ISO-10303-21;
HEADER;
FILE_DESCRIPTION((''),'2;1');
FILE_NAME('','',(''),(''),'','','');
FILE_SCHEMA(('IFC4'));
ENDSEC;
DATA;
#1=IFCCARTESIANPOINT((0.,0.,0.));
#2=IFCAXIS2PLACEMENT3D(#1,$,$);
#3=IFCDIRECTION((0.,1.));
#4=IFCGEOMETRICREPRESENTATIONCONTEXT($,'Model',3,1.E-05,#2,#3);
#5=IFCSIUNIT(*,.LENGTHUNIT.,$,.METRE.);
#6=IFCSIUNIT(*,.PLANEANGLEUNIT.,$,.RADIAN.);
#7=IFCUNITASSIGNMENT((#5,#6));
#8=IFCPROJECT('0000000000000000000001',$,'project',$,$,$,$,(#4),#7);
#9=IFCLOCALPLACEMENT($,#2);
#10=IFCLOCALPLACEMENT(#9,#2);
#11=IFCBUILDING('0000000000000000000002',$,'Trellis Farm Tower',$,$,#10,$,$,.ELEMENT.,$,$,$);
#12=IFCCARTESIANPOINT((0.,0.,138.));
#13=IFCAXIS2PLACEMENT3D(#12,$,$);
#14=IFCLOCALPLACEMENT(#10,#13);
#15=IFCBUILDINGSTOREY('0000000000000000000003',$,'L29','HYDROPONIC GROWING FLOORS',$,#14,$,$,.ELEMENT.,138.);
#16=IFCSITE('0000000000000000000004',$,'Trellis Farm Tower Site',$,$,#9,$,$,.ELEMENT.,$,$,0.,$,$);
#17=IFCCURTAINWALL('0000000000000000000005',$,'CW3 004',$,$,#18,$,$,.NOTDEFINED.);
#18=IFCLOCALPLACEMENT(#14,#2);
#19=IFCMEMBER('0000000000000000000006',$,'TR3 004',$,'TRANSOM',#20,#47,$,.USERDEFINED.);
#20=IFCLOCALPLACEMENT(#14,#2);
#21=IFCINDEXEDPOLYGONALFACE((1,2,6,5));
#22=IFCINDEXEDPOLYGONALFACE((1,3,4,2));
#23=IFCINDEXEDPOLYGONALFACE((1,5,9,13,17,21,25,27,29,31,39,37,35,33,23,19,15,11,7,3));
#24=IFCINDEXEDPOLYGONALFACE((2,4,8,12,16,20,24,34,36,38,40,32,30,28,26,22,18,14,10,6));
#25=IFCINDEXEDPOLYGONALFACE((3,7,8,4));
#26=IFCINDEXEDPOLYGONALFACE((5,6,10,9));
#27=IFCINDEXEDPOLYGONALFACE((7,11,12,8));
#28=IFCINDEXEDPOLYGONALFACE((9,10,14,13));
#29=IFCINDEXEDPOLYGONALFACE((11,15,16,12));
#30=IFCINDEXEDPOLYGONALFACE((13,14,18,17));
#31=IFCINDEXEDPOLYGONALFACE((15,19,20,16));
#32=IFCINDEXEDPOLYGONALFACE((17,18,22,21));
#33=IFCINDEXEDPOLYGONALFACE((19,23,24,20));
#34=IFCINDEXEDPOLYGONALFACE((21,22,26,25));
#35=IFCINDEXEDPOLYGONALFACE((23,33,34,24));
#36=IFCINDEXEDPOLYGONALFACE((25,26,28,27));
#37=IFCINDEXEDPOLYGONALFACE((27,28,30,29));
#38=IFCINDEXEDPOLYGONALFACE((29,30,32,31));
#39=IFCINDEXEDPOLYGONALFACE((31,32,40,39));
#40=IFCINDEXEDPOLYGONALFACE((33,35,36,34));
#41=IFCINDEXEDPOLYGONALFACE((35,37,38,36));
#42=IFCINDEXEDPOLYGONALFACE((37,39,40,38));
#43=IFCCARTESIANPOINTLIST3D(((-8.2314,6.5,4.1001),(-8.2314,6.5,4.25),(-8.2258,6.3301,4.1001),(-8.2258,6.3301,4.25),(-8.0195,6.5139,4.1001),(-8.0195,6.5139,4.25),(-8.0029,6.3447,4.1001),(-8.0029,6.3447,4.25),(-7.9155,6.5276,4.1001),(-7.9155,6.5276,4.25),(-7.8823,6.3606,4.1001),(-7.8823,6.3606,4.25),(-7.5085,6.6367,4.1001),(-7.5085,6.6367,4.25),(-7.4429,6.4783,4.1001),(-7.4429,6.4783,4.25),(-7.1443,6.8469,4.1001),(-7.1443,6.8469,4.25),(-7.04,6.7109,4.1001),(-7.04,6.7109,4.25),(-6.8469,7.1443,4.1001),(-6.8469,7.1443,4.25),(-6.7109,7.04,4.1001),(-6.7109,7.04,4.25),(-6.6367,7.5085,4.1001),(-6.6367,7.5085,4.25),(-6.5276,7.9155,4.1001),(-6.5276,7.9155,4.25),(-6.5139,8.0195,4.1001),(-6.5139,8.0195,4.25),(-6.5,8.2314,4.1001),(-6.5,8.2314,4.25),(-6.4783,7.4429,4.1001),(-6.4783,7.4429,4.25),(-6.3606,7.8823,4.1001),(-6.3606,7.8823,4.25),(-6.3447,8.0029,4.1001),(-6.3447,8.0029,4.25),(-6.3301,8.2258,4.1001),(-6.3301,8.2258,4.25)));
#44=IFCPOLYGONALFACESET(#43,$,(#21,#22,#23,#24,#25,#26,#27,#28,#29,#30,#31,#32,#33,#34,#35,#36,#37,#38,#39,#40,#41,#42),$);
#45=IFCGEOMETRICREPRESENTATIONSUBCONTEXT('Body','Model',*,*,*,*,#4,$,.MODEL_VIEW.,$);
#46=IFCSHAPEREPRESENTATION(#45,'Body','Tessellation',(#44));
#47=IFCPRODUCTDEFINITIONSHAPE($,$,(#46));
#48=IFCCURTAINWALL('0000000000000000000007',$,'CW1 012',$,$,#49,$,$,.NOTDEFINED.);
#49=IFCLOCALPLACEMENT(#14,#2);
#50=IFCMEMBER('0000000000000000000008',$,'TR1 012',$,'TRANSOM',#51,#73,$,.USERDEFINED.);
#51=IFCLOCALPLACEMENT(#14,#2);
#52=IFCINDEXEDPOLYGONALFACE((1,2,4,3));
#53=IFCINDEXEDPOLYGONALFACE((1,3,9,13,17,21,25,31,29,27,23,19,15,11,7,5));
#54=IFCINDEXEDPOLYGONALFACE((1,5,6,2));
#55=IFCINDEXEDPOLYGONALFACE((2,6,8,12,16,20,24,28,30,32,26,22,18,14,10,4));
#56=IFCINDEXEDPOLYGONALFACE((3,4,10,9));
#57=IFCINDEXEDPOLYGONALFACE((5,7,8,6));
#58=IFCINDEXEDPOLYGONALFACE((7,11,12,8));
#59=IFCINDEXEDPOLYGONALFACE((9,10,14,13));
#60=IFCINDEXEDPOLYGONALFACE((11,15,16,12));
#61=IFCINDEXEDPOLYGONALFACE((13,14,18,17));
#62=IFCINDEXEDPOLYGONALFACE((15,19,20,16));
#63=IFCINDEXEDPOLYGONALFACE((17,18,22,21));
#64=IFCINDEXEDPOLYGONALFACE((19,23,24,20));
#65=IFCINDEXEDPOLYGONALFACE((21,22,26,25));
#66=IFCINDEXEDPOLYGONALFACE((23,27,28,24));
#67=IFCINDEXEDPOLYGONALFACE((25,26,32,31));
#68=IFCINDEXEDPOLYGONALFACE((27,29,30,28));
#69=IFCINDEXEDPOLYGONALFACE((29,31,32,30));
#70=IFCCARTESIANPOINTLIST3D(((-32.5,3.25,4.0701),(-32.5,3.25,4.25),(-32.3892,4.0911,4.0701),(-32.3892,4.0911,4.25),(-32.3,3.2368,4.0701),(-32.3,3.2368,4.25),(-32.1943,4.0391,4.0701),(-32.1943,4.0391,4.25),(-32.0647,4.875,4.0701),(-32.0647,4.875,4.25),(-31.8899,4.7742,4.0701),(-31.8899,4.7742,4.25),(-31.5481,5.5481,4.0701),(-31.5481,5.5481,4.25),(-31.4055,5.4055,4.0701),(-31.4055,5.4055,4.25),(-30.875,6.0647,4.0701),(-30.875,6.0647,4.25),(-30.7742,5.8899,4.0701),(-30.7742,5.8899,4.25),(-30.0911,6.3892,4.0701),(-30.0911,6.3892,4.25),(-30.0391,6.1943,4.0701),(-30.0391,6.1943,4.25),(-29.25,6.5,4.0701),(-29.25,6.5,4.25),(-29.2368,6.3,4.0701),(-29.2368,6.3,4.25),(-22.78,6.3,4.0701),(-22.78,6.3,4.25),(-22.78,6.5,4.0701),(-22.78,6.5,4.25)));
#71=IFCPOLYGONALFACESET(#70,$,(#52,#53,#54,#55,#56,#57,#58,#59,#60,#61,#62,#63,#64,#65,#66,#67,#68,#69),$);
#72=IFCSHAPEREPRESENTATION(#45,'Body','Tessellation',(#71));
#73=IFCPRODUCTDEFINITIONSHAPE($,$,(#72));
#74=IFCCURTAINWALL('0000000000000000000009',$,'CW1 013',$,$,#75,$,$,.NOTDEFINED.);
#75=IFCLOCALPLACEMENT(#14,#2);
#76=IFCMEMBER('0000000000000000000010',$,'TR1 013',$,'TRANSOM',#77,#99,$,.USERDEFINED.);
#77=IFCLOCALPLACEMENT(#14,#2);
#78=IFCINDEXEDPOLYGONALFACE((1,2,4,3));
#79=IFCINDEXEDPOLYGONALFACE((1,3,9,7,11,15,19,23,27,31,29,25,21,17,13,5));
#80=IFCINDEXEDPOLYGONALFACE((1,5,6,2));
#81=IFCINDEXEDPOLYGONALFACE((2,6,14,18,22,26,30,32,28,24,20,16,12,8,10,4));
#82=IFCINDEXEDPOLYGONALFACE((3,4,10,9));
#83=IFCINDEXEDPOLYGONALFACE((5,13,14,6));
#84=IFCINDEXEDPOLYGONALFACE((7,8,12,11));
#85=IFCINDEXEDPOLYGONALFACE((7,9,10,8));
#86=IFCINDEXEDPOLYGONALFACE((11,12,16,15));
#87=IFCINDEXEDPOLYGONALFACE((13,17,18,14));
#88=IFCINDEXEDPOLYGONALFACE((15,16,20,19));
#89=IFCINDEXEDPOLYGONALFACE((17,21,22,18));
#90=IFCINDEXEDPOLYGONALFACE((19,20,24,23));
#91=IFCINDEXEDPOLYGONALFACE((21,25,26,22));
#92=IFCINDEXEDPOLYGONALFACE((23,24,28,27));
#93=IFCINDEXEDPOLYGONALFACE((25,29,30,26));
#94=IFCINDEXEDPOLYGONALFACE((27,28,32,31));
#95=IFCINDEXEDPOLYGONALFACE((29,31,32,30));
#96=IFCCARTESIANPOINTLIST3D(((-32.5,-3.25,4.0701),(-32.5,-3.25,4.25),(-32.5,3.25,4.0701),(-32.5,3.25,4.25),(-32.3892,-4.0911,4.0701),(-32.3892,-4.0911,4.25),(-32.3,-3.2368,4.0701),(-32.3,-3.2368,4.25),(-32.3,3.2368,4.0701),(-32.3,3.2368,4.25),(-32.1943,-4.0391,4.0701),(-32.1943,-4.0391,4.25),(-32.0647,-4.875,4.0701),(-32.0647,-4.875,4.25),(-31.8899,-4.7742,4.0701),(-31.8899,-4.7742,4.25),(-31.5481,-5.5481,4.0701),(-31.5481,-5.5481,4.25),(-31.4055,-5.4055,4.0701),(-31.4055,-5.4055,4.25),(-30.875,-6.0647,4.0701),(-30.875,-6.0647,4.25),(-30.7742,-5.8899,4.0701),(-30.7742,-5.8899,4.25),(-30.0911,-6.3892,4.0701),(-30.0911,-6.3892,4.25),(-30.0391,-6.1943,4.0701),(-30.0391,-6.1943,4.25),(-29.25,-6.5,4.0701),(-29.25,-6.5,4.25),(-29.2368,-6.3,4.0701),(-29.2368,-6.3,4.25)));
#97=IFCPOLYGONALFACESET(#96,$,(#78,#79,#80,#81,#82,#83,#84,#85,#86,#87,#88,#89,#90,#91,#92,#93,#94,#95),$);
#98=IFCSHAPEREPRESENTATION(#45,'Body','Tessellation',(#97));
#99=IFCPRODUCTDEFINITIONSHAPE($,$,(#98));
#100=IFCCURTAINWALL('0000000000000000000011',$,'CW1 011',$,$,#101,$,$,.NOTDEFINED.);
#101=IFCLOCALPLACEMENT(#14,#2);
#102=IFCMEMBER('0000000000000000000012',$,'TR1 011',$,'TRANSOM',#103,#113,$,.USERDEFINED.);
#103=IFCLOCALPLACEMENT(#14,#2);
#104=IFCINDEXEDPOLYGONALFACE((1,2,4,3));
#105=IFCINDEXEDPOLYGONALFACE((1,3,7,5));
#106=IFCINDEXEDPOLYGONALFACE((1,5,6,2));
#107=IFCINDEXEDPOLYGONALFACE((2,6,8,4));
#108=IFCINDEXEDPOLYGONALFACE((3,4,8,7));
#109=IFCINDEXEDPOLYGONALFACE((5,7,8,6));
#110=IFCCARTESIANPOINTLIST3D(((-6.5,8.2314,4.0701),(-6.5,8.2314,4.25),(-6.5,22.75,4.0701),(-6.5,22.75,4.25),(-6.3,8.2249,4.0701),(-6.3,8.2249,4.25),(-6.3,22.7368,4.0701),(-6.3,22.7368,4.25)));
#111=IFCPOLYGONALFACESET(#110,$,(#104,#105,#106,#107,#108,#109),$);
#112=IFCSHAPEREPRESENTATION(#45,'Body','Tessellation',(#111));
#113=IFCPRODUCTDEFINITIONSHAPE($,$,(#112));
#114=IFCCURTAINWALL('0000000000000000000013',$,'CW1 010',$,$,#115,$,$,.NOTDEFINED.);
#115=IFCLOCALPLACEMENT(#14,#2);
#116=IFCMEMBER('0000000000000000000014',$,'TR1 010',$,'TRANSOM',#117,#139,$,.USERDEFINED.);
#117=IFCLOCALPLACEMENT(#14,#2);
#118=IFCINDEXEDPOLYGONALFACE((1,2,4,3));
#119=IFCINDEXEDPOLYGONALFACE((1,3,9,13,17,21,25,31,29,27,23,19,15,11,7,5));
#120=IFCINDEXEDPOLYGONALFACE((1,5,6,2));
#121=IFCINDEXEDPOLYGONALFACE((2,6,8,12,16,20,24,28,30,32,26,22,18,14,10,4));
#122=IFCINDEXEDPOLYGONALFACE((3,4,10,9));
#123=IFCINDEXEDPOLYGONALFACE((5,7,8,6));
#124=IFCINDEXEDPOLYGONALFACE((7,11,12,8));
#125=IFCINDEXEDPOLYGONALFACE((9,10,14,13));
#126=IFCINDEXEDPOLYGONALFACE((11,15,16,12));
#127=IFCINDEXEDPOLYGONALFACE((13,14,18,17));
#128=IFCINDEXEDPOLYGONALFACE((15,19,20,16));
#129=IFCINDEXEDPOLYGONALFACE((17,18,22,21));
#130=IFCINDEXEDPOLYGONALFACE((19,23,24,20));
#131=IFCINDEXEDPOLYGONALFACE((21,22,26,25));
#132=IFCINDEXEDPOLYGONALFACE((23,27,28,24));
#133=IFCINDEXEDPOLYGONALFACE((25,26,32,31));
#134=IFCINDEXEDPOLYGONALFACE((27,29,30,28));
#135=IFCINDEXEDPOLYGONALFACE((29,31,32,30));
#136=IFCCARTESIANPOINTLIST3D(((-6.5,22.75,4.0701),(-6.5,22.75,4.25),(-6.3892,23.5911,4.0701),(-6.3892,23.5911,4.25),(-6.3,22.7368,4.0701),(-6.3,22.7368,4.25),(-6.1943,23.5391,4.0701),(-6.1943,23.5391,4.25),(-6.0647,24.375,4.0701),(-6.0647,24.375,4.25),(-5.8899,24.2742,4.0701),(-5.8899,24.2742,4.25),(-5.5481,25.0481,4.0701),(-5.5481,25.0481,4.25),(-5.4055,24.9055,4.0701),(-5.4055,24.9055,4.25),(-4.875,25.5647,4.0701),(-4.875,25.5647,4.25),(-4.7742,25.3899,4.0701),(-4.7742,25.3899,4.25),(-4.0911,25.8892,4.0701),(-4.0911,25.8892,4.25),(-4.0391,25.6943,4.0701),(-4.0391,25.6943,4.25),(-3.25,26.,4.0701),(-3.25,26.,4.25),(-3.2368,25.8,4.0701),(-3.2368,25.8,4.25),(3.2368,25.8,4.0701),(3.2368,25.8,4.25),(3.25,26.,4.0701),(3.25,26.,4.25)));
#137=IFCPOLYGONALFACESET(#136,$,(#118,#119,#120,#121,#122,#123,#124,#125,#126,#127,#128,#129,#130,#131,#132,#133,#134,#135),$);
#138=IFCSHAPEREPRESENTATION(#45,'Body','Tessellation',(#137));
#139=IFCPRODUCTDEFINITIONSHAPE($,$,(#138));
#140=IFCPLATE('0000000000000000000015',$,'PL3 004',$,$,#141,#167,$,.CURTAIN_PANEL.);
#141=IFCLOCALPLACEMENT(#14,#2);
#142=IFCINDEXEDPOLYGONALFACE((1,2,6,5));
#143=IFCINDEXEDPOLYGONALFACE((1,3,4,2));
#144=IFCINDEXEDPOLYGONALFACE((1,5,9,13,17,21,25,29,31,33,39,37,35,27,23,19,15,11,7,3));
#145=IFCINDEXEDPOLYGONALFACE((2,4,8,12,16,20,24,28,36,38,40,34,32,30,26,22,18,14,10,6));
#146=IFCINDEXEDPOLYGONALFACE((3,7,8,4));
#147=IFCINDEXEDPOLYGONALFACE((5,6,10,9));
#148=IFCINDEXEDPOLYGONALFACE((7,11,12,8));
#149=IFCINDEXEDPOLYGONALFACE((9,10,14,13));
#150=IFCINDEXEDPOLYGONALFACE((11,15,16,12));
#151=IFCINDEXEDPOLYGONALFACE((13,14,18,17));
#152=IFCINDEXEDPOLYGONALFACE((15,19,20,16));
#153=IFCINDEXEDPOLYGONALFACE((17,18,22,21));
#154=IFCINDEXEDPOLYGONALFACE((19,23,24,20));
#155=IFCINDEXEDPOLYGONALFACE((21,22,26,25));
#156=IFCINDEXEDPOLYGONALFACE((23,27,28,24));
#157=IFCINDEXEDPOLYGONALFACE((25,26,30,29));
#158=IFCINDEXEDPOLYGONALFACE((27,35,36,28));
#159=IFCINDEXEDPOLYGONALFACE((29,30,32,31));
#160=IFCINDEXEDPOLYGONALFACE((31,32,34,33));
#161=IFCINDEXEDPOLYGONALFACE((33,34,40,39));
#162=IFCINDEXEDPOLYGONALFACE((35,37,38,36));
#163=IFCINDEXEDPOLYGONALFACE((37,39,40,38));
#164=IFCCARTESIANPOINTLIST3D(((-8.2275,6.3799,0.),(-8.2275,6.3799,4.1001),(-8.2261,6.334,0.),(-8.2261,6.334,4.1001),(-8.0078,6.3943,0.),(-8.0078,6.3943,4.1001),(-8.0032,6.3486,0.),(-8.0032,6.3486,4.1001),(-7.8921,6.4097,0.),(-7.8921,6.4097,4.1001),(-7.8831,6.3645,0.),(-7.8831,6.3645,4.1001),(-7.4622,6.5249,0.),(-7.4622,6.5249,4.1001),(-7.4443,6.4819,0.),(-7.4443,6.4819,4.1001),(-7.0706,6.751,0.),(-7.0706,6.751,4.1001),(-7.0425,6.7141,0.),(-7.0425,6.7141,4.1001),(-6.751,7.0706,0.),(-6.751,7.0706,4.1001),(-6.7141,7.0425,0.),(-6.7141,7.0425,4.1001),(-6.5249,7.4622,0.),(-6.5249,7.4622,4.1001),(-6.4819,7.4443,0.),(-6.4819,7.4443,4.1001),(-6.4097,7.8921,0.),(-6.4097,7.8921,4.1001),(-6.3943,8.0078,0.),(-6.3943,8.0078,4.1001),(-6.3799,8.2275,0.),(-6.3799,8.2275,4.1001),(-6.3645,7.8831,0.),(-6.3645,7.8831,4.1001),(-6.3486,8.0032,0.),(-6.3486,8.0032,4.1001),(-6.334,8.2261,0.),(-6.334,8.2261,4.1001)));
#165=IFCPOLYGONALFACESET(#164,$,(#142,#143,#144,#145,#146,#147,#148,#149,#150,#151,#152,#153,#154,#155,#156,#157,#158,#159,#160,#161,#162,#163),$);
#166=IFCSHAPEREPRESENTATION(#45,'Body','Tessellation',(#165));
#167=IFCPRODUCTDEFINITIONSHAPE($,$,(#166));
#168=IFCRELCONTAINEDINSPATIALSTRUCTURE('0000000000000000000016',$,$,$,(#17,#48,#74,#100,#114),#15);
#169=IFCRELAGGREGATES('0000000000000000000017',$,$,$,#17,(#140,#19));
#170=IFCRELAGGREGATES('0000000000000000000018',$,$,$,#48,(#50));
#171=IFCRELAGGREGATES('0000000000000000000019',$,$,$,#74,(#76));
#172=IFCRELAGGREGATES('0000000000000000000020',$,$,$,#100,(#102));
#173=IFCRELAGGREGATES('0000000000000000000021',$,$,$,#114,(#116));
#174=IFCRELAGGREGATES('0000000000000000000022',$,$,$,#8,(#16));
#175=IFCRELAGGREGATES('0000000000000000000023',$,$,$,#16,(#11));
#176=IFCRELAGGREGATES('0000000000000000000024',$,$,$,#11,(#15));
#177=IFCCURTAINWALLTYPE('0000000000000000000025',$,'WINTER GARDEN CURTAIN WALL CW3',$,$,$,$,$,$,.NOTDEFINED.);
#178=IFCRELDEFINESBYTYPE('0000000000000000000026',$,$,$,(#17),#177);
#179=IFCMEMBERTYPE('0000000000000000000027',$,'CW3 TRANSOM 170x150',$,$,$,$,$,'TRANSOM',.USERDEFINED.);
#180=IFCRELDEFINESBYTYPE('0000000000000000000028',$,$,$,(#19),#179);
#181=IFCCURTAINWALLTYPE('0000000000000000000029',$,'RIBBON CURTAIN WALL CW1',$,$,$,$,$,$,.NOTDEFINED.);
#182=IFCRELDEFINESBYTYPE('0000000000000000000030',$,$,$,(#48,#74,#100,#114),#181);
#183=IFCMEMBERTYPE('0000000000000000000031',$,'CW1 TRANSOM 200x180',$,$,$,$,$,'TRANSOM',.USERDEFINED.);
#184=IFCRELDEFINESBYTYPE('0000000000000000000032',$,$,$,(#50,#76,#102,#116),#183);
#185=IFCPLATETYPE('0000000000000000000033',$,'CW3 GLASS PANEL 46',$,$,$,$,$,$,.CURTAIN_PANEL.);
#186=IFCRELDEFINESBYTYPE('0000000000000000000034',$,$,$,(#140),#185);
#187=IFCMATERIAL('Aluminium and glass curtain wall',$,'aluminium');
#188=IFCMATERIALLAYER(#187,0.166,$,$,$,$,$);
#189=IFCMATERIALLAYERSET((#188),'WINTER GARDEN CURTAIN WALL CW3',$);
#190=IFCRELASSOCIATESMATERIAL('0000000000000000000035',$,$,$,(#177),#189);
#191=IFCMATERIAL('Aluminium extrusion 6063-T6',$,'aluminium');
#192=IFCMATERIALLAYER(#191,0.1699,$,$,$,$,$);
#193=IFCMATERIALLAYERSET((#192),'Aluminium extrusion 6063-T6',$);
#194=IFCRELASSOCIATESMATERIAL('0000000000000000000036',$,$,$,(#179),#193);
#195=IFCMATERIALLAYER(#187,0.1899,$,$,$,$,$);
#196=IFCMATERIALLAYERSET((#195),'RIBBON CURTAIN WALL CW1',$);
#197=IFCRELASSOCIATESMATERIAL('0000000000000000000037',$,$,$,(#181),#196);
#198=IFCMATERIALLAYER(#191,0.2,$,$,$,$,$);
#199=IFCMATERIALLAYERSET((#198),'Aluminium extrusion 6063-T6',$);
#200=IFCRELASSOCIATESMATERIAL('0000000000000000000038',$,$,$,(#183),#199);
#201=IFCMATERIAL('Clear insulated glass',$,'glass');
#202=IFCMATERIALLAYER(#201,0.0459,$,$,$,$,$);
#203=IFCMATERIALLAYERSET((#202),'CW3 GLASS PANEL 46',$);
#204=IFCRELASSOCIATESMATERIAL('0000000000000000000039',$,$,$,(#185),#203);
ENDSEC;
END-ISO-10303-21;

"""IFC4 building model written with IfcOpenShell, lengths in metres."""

from ifc_helpers import new_model, si_unit, direction, frame, origin, place, context, subcontext, project, spatial, polyline, outline, extrude, source, transform, mapped, material, layer, layer_set, type_object, element, aggregate, save


model = new_model("IFC4")

# Units and contexts
model_context = context("Model", 3, precision=1e-05, world=origin(), true_north=direction((0.0, 1.0)))
body_context = subcontext(model_context, "Body", "Model", "MODEL_VIEW")
ifc_project = project(units=[si_unit("LENGTHUNIT", "METRE"), si_unit("PLANEANGLEUNIT", "RADIAN")], contexts=[model_context])

# Site, building, storey
site_placement = place(None, origin())
site = spatial("IfcSite", under=ifc_project, at=site_placement, Name="Trellis Farm Tower Site", CompositionType="ELEMENT", RefElevation=0.0)
building_placement = place(site_placement, origin())
building = spatial("IfcBuilding", under=site, at=building_placement, Name="Trellis Farm Tower", CompositionType="ELEMENT")
storey_placement = place(building_placement, frame((0.0, 0.0, 138.0)))
storey = spatial("IfcBuildingStorey", under=building, at=storey_placement, Name="L29", Description="HYDROPONIC GROWING FLOORS", CompositionType="ELEMENT", Elevation=138.0)

# Curtain walls, members
ifc_material_1 = material(Name="Aluminium and glass curtain wall", Category="aluminium")
ifc_layer_1 = layer(ifc_material_1, 0.166)
ifc_layer_set_1 = layer_set([ifc_layer_1], Name="WINTER GARDEN CURTAIN WALL CW3")
curtain_wall_type_1 = type_object("IfcCurtainWallType", Name="WINTER GARDEN CURTAIN WALL CW3", PredefinedType="NOTDEFINED", material=ifc_layer_set_1)
placement_1 = place(storey_placement, origin())
curtain_wall_1 = element("IfcCurtainWall", 1, at=placement_1, inside=storey, type_object=curtain_wall_type_1, Name="CW3 004", PredefinedType="NOTDEFINED")
ifc_material_2 = material(Name="Aluminium extrusion 6063-T6", Category="aluminium")
ifc_layer_2 = layer(ifc_material_2, 0.1699)
ifc_layer_set_2 = layer_set([ifc_layer_2], Name="Aluminium extrusion 6063-T6")
member_type_1 = type_object("IfcMemberType", Name="CW3 TRANSOM 170x150", ElementType="TRANSOM", PredefinedType="USERDEFINED", material=ifc_layer_set_2)
shared_shape_1 = source(origin(), body_context, "Body", "SweptSolid", [
    extrude(outline(polyline([(-6.5, 8.2314), (-6.5139, 8.0195), (-6.5276, 7.9155), (-6.6367, 7.5085), (-6.8469, 7.1443), (-7.1443, 6.8469), (-7.5085, 6.6367), (-7.9155, 6.5276), (-8.0195, 6.5139), (-8.2314, 6.5), (-8.2258, 6.3301), (-8.0029, 6.3447), (-7.8823, 6.3606), (-7.4429, 6.4783), (-7.04, 6.7109), (-6.7109, 7.04), (-6.4783, 7.4429), (-6.3606, 7.8823), (-6.3447, 8.0029), (-6.3301, 8.2258), (-6.5, 8.2314)])), origin(), (0.0, 0.0, 1.0), 0.1499),
])
member_1_placement = place(storey_placement, frame((0.0, 0.0, 4.1001)))
member_1 = element("IfcMember", 2, at=member_1_placement, type_object=member_type_1, Name="TR3 004", ObjectType="TRANSOM", PredefinedType="USERDEFINED", context=body_context, shape_type="MappedRepresentation", body=[
    mapped(shared_shape_1, transform((0.0, 0.0, 0.0))),
])
ifc_layer_3 = layer(ifc_material_1, 0.1899)
ifc_layer_set_3 = layer_set([ifc_layer_3], Name="RIBBON CURTAIN WALL CW1")
curtain_wall_type_2 = type_object("IfcCurtainWallType", Name="RIBBON CURTAIN WALL CW1", PredefinedType="NOTDEFINED", material=ifc_layer_set_3)
curtain_wall_2 = element("IfcCurtainWall", 3, at=placement_1, inside=storey, type_object=curtain_wall_type_2, Name="CW1 012", PredefinedType="NOTDEFINED")
ifc_layer_4 = layer(ifc_material_2, 0.2)
ifc_layer_set_4 = layer_set([ifc_layer_4], Name="Aluminium extrusion 6063-T6")
member_type_2 = type_object("IfcMemberType", Name="CW1 TRANSOM 200x180", ElementType="TRANSOM", PredefinedType="USERDEFINED", material=ifc_layer_set_4)
shared_shape_2 = source(origin(), body_context, "Body", "SweptSolid", [
    extrude(outline(polyline([(-22.78, 6.5), (-29.25, 6.5), (-30.0911, 6.3892), (-30.875, 6.0647), (-31.5481, 5.5481), (-32.0647, 4.875), (-32.3892, 4.0911), (-32.5, 3.25), (-32.3, 3.2368), (-32.1943, 4.0391), (-31.8899, 4.7742), (-31.4055, 5.4055), (-30.7742, 5.8899), (-30.0391, 6.1943), (-29.2368, 6.3), (-22.78, 6.3), (-22.78, 6.5)])), origin(), (0.0, 0.0, 1.0), 0.1799),
])
placement_2 = place(storey_placement, frame((0.0, 0.0, 4.0701)))
member_2 = element("IfcMember", 4, at=placement_2, type_object=member_type_2, Name="TR1 012", ObjectType="TRANSOM", PredefinedType="USERDEFINED", context=body_context, shape_type="MappedRepresentation", body=[
    mapped(shared_shape_2, transform((0.0, 0.0, 0.0))),
])
curtain_wall_3 = element("IfcCurtainWall", 5, at=placement_1, inside=storey, type_object=curtain_wall_type_2, Name="CW1 013", PredefinedType="NOTDEFINED")
shared_shape_3 = source(origin(), body_context, "Body", "SweptSolid", [
    extrude(outline(polyline([(-32.5, 3.25), (-32.5, -3.25), (-32.3892, -4.0911), (-32.0647, -4.875), (-31.5481, -5.5481), (-30.875, -6.0647), (-30.0911, -6.3892), (-29.25, -6.5), (-29.2368, -6.3), (-30.0391, -6.1943), (-30.7742, -5.8899), (-31.4055, -5.4055), (-31.8899, -4.7742), (-32.1943, -4.0391), (-32.3, -3.2368), (-32.3, 3.2368), (-32.5, 3.25)])), origin(), (0.0, 0.0, 1.0), 0.1799),
])
member_3 = element("IfcMember", 6, at=placement_2, type_object=member_type_2, Name="TR1 013", ObjectType="TRANSOM", PredefinedType="USERDEFINED", context=body_context, shape_type="MappedRepresentation", body=[
    mapped(shared_shape_3, transform((0.0, 0.0, 0.0))),
])
curtain_wall_4 = element("IfcCurtainWall", 7, at=placement_1, inside=storey, type_object=curtain_wall_type_2, Name="CW1 011", PredefinedType="NOTDEFINED")
shared_shape_4 = source(origin(), body_context, "Body", "SweptSolid", [
    extrude(outline(polyline([(-6.5, 22.75), (-6.5, 8.2314), (-6.3, 8.2249), (-6.3, 22.7368), (-6.5, 22.75)])), origin(), (0.0, 0.0, 1.0), 0.1799),
])
member_4 = element("IfcMember", 8, at=placement_2, type_object=member_type_2, Name="TR1 011", ObjectType="TRANSOM", PredefinedType="USERDEFINED", context=body_context, shape_type="MappedRepresentation", body=[
    mapped(shared_shape_4, transform((0.0, 0.0, 0.0))),
])
curtain_wall_5 = element("IfcCurtainWall", 9, at=placement_1, inside=storey, type_object=curtain_wall_type_2, Name="CW1 010", PredefinedType="NOTDEFINED")
shared_shape_5 = source(origin(), body_context, "Body", "SweptSolid", [
    extrude(outline(polyline([(3.25, 26.0), (-3.25, 26.0), (-4.0911, 25.8892), (-4.875, 25.5647), (-5.5481, 25.0481), (-6.0647, 24.375), (-6.3892, 23.5911), (-6.5, 22.75), (-6.3, 22.7368), (-6.1943, 23.5391), (-5.8899, 24.2742), (-5.4055, 24.9055), (-4.7742, 25.3899), (-4.0391, 25.6943), (-3.2368, 25.8), (3.2368, 25.8), (3.25, 26.0)])), origin(), (0.0, 0.0, 1.0), 0.1799),
])
member_5 = element("IfcMember", 10, at=placement_2, type_object=member_type_2, Name="TR1 010", ObjectType="TRANSOM", PredefinedType="USERDEFINED", context=body_context, shape_type="MappedRepresentation", body=[
    mapped(shared_shape_5, transform((0.0, 0.0, 0.0))),
])

# Plate
ifc_material_3 = material(Name="Clear insulated glass", Category="glass")
ifc_layer_5 = layer(ifc_material_3, 0.0459)
ifc_layer_set_5 = layer_set([ifc_layer_5], Name="CW3 GLASS PANEL 46")
plate_type_1 = type_object("IfcPlateType", Name="CW3 GLASS PANEL 46", PredefinedType="CURTAIN_PANEL", material=ifc_layer_set_5)
shared_shape_6 = source(origin(), body_context, "Body", "SweptSolid", [
    extrude(outline(polyline([(-6.3799, 8.2275), (-6.3943, 8.0078), (-6.4097, 7.8921), (-6.5249, 7.4622), (-6.751, 7.0706), (-7.0706, 6.751), (-7.4622, 6.5249), (-7.8921, 6.4097), (-8.0078, 6.3943), (-8.2275, 6.3799), (-8.2261, 6.334), (-8.0032, 6.3486), (-7.8831, 6.3645), (-7.4443, 6.4819), (-7.0425, 6.7141), (-6.7141, 7.0425), (-6.4819, 7.4443), (-6.3645, 7.8831), (-6.3486, 8.0032), (-6.334, 8.2261), (-6.3799, 8.2275)])), origin(), (0.0, 0.0, 1.0), 4.1001),
])
plate_1 = element("IfcPlate", 11, at=placement_1, type_object=plate_type_1, Name="PL3 004", PredefinedType="CURTAIN_PANEL", context=body_context, shape_type="MappedRepresentation", body=[
    mapped(shared_shape_6, transform((0.0, 0.0, 0.0))),
])
aggregate(curtain_wall_1, [plate_1, member_1])
aggregate(curtain_wall_2, [member_2])
aggregate(curtain_wall_3, [member_3])
aggregate(curtain_wall_4, [member_4])
aggregate(curtain_wall_5, [member_5])

save(model, "model.ifc")
